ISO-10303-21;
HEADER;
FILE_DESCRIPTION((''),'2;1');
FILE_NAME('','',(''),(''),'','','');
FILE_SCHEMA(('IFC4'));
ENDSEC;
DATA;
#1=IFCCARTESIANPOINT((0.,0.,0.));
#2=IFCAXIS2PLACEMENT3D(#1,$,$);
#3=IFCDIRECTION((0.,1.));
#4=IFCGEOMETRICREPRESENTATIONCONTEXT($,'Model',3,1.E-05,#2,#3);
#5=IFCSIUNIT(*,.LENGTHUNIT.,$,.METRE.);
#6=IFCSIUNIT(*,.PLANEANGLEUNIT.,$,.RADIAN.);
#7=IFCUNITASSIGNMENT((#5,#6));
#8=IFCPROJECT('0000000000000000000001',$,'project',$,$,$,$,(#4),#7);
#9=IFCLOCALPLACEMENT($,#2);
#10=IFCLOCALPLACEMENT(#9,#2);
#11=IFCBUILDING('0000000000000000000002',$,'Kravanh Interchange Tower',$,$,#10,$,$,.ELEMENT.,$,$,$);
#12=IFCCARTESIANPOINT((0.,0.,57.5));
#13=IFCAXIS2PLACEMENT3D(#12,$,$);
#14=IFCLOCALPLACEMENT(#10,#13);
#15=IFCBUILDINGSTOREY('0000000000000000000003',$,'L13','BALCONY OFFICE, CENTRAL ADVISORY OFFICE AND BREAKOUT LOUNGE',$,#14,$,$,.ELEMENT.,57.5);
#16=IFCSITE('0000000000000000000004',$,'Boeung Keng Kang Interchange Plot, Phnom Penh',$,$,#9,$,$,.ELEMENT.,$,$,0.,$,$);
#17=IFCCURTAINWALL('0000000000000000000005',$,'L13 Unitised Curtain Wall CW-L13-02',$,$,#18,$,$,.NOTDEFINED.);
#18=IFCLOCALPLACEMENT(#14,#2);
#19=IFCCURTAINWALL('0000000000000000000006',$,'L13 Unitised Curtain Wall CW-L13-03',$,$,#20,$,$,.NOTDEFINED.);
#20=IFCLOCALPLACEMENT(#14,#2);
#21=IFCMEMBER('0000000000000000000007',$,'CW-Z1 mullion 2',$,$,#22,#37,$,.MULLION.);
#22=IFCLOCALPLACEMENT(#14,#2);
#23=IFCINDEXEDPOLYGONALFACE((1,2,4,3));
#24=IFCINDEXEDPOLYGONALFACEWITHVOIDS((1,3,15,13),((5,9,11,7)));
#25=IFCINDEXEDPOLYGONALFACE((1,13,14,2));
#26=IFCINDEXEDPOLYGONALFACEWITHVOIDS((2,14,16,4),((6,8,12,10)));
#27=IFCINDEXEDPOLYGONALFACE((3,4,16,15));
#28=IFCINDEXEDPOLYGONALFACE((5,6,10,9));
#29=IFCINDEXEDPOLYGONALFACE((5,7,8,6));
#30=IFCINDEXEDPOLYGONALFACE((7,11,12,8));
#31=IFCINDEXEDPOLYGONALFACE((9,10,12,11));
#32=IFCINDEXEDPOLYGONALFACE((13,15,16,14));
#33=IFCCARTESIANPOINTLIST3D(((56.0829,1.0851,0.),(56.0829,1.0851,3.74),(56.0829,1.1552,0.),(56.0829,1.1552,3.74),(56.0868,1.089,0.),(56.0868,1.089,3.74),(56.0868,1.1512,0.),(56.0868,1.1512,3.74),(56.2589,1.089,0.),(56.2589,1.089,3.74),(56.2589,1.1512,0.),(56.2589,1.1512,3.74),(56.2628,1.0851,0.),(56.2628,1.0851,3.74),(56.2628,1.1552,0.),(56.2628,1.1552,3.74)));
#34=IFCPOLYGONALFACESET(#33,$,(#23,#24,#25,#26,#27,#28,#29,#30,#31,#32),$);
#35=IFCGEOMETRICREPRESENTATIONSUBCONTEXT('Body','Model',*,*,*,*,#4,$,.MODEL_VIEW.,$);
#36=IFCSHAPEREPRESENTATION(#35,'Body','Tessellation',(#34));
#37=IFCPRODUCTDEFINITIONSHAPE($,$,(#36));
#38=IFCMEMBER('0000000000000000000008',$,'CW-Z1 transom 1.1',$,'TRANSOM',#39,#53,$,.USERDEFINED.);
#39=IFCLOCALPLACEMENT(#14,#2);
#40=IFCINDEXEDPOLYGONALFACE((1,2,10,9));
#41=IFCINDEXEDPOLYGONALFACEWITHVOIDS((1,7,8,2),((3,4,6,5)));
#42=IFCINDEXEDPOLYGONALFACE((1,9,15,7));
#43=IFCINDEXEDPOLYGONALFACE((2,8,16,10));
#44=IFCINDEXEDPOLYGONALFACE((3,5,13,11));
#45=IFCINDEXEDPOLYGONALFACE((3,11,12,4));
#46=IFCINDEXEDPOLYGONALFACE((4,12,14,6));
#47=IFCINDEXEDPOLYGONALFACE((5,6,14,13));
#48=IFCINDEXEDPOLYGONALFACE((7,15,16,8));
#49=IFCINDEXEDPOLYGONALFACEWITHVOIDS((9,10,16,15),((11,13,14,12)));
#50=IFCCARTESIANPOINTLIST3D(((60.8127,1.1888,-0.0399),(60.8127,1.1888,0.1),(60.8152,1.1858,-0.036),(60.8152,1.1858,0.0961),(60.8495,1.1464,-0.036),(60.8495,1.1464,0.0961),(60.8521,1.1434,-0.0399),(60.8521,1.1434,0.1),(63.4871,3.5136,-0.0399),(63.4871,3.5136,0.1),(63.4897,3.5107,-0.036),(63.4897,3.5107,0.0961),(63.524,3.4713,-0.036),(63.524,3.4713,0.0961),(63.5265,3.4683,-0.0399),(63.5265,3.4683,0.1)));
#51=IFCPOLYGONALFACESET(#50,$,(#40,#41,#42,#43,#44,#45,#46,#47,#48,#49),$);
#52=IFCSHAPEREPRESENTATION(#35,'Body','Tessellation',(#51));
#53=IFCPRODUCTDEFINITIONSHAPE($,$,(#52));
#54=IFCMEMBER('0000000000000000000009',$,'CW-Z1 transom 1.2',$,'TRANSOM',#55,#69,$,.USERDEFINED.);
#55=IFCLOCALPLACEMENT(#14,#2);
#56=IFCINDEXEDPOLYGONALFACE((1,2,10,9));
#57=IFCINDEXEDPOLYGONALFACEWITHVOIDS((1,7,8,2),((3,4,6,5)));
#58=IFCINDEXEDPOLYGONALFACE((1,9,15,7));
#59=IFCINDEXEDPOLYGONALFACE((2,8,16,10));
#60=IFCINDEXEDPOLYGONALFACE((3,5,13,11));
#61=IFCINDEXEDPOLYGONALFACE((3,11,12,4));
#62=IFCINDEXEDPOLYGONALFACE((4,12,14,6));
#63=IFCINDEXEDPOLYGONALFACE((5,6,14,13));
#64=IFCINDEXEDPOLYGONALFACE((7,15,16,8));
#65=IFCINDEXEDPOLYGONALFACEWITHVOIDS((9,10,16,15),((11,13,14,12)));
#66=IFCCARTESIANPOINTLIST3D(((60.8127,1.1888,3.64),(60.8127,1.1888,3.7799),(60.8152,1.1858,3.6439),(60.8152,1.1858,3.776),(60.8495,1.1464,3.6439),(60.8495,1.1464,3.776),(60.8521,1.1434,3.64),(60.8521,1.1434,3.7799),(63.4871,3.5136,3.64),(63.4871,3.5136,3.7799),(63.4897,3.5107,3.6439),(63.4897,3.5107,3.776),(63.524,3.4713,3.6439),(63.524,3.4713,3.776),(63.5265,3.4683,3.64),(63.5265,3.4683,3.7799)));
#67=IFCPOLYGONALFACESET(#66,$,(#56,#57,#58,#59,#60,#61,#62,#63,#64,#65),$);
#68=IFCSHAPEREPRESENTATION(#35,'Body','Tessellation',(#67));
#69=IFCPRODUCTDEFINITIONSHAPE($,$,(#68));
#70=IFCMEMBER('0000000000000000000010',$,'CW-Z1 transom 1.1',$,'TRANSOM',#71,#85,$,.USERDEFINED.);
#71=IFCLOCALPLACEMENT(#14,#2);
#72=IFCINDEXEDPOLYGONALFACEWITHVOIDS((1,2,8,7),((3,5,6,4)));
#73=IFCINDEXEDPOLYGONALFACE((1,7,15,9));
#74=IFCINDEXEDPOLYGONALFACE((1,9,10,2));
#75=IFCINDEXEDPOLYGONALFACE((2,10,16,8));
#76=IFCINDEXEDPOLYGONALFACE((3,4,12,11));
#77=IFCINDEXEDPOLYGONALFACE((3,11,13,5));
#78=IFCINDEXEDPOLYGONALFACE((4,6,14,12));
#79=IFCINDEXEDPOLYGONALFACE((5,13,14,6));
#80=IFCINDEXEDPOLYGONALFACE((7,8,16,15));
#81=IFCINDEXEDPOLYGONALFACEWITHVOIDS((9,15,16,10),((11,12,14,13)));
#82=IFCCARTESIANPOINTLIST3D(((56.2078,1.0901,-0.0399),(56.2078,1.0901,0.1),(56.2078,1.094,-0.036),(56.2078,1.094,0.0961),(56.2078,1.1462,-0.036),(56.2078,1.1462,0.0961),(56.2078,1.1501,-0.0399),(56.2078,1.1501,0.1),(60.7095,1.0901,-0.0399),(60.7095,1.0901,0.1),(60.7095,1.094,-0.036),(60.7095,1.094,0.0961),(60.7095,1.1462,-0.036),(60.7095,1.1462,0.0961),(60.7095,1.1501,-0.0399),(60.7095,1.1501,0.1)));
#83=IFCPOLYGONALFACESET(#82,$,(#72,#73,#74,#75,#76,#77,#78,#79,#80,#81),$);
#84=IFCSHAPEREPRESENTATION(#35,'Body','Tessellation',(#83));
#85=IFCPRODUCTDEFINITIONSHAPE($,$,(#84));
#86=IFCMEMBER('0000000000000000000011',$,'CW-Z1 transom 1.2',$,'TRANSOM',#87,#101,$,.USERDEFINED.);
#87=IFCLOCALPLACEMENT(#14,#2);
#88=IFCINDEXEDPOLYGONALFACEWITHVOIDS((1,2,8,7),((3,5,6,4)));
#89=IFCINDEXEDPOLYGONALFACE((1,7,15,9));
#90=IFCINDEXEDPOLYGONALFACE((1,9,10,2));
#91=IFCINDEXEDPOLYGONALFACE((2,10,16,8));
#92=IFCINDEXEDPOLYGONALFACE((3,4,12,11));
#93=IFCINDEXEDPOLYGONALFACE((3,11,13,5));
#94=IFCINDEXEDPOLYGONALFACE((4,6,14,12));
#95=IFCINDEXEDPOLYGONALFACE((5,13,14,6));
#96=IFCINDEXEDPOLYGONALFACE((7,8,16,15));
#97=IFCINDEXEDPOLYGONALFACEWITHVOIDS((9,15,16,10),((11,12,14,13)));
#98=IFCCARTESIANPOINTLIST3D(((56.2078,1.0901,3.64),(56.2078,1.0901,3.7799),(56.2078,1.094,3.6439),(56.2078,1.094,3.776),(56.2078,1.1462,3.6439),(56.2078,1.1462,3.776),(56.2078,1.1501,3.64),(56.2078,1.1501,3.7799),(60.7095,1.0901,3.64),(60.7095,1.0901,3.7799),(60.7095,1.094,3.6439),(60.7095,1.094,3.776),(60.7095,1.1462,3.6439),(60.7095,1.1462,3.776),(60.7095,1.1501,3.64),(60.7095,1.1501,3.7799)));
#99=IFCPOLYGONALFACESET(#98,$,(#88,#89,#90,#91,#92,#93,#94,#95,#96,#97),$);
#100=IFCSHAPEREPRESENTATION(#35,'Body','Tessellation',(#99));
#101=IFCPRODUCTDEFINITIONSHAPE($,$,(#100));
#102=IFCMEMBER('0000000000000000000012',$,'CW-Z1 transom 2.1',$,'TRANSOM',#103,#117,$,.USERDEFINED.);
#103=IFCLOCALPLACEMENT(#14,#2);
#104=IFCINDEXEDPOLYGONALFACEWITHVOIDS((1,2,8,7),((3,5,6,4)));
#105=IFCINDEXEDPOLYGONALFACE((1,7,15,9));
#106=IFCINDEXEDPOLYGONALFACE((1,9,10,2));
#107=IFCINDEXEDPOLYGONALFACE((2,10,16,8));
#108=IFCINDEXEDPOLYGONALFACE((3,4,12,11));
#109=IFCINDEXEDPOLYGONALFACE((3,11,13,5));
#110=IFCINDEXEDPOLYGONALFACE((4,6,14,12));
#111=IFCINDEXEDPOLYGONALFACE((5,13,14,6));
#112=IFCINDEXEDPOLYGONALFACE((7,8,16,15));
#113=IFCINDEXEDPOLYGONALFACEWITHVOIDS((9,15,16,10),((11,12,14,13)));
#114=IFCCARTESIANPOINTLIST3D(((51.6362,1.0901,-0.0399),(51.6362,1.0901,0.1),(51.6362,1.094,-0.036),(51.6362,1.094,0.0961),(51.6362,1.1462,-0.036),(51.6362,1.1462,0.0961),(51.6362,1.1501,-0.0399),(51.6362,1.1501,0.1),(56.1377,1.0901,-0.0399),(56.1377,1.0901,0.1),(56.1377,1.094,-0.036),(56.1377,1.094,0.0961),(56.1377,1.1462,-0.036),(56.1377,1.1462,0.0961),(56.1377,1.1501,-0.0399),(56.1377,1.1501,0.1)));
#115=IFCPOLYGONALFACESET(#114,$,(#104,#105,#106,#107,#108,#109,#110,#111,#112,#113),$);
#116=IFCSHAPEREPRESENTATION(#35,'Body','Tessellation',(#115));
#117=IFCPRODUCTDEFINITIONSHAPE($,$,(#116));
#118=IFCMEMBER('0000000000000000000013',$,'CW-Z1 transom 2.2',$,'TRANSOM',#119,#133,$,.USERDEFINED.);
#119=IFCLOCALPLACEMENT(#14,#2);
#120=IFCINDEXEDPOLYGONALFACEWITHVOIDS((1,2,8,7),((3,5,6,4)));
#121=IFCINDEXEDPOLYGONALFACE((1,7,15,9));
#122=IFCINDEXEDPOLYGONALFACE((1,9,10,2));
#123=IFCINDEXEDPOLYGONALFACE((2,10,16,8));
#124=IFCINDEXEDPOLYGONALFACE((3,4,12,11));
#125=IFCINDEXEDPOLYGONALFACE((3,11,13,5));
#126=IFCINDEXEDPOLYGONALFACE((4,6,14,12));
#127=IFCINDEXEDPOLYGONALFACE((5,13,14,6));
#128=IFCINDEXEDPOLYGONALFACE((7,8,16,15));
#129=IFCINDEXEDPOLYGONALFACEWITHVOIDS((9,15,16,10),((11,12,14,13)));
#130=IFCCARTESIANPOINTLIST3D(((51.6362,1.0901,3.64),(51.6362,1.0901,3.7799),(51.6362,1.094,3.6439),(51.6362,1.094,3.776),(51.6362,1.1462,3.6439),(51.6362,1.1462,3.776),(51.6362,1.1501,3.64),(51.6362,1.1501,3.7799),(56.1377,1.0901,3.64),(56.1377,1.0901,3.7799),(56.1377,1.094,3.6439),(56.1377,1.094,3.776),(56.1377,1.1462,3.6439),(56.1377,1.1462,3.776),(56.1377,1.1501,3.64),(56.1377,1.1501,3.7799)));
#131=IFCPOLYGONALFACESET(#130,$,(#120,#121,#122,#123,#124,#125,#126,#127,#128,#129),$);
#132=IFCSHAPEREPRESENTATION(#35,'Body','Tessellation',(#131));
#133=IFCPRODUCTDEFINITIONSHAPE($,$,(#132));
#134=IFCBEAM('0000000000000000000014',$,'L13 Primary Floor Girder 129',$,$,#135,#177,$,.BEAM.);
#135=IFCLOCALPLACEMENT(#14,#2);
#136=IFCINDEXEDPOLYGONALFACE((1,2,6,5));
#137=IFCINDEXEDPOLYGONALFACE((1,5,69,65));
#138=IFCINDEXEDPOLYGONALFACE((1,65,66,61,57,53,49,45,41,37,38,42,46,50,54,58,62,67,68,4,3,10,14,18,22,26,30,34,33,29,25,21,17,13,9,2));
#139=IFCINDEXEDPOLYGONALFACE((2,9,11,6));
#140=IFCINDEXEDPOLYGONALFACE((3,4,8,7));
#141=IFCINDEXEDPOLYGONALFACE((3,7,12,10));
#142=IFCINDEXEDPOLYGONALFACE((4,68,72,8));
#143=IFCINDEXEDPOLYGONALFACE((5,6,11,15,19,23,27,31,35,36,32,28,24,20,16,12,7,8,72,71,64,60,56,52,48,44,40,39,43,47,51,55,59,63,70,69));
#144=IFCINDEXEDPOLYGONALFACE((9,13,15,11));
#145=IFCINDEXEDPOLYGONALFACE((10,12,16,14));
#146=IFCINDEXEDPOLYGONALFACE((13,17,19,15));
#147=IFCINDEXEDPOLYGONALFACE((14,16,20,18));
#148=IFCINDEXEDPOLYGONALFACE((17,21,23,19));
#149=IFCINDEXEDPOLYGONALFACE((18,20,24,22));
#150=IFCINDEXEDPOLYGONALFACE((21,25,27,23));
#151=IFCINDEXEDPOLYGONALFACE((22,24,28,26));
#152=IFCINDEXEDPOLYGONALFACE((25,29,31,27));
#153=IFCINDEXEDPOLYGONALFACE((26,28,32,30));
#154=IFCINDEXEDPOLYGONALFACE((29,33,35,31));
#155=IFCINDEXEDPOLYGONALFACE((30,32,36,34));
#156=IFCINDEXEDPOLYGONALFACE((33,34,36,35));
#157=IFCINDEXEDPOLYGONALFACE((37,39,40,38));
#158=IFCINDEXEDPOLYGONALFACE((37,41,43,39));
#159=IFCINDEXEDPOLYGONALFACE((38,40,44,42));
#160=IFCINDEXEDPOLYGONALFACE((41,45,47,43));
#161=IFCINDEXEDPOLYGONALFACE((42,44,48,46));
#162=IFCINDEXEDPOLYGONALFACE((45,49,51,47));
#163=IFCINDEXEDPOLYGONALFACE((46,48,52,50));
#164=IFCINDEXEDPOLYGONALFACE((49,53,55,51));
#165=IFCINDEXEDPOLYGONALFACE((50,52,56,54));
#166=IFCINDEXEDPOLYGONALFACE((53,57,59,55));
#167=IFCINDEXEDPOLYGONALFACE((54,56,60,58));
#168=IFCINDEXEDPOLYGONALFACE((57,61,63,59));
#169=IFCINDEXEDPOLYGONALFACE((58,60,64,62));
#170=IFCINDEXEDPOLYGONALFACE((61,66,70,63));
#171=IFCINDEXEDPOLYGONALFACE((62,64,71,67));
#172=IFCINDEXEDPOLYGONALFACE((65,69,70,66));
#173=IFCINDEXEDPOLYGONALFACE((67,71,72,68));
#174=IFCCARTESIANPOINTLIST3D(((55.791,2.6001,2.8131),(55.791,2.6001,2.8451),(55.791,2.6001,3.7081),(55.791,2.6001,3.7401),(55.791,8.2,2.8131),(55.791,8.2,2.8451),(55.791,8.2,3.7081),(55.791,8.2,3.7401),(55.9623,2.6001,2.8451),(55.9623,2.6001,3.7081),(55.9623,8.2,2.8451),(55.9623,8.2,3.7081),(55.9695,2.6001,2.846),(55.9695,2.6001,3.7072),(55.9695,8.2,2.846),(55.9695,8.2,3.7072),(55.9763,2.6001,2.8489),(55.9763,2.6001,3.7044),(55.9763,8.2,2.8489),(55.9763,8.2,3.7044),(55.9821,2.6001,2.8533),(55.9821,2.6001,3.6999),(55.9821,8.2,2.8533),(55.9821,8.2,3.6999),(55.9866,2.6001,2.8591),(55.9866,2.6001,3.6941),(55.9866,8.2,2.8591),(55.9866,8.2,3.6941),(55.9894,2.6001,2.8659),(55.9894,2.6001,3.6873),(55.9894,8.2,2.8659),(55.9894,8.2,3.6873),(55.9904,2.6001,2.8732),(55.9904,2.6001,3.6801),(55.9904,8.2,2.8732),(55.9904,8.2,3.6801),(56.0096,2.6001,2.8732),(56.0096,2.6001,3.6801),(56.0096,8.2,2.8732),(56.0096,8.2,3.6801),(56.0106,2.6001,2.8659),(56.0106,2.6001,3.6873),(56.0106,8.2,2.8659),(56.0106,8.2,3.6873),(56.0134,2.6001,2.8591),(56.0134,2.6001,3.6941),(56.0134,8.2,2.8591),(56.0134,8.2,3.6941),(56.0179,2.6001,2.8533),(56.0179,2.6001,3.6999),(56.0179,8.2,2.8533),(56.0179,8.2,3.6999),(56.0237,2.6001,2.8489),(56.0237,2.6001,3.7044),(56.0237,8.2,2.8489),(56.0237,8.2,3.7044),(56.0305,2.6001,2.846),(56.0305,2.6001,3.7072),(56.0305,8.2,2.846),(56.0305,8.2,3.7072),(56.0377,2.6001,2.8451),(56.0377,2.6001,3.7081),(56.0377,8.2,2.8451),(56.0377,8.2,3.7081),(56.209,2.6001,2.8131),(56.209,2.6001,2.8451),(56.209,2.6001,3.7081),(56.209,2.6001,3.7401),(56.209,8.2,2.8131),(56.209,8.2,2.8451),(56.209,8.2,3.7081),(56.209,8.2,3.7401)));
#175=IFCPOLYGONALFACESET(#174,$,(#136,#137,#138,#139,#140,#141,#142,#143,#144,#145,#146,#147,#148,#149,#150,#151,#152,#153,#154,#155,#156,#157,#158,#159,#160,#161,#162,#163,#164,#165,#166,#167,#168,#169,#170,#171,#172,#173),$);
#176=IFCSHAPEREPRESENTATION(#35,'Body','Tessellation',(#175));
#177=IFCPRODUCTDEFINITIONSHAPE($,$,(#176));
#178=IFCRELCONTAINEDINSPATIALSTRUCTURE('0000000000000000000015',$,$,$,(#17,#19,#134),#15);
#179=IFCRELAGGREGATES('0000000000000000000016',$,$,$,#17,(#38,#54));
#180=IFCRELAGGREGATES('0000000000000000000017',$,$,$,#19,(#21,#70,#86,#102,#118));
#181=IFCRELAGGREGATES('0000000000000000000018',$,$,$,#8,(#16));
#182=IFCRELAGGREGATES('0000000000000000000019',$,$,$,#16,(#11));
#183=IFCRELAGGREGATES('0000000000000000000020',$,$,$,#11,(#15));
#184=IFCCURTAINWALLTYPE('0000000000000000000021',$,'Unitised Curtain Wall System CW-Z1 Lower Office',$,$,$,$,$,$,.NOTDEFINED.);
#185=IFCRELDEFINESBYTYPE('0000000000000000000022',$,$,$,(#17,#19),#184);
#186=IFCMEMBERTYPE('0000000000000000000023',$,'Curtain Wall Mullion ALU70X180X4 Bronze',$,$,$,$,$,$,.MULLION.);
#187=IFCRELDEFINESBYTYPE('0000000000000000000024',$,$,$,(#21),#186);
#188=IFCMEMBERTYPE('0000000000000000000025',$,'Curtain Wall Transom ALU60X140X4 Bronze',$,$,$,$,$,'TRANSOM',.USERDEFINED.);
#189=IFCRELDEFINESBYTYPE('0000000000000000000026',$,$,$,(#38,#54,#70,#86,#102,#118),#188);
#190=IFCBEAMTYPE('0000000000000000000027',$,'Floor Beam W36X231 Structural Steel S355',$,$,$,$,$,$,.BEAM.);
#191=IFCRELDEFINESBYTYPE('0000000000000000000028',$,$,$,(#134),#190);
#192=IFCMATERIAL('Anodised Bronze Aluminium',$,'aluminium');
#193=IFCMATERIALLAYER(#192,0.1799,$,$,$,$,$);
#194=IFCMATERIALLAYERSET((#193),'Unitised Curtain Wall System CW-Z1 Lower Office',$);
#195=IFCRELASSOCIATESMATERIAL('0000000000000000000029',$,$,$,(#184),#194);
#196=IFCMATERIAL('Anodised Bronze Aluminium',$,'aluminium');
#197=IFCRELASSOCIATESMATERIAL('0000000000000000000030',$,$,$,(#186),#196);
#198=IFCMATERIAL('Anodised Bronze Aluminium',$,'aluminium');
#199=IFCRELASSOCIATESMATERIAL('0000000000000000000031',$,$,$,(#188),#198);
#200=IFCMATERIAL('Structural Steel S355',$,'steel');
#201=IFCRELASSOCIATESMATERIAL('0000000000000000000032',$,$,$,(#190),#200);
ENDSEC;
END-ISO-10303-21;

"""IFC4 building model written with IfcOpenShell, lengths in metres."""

from ifc_helpers import new_model, si_unit, direction, frame, origin, origin_2d, place, context, subcontext, project, spatial, hollow_rectangle, i_section, extrude, material, layer, layer_set, material_profile, profile_set, type_object, element, aggregate, save


model = new_model("IFC4")

# Units and contexts
model_context = context("Model", 3, precision=1e-05, world=origin(), true_north=direction((0.0, 1.0)))
body_context = subcontext(model_context, "Body", "Model", "MODEL_VIEW")
ifc_project = project(units=[si_unit("LENGTHUNIT", "METRE"), si_unit("PLANEANGLEUNIT", "RADIAN")], contexts=[model_context])

# Site, building, storey
site_placement = place(None, origin())
site = spatial("IfcSite", under=ifc_project, at=site_placement, Name="Boeung Keng Kang Interchange Plot, Phnom Penh", CompositionType="ELEMENT", RefElevation=0.0)
building_placement = place(site_placement, origin())
building = spatial("IfcBuilding", under=site, at=building_placement, Name="Kravanh Interchange Tower", CompositionType="ELEMENT")
storey_placement = place(building_placement, frame((0.0, 0.0, 57.5)))
storey = spatial("IfcBuildingStorey", under=building, at=storey_placement, Name="L13", Description="BALCONY OFFICE, CENTRAL ADVISORY OFFICE AND BREAKOUT LOUNGE", CompositionType="ELEMENT", Elevation=57.5)

# Curtain walls, member
ifc_material_1 = material(Name="Anodised Bronze Aluminium", Category="aluminium")
ifc_layer_1 = layer(ifc_material_1, 0.1799)
ifc_layer_set_1 = layer_set([ifc_layer_1], Name="Unitised Curtain Wall System CW-Z1 Lower Office")
curtain_wall_type = type_object("IfcCurtainWallType", Name="Unitised Curtain Wall System CW-Z1 Lower Office", PredefinedType="NOTDEFINED", material=ifc_layer_set_1)
curtain_wall_1_placement = place(storey_placement, origin())
curtain_wall_1 = element("IfcCurtainWall", 1, at=curtain_wall_1_placement, inside=storey, type_object=curtain_wall_type, Name="L13 Unitised Curtain Wall CW-L13-02", PredefinedType="NOTDEFINED")
ifc_material_2 = material(Name="Anodised Bronze Aluminium", Category="aluminium")
ifc_material_profile_1 = material_profile(ifc_material_2, hollow_rectangle(XDim=0.0701, YDim=0.1799, WallThickness=0.0039, at=origin_2d()), Name="ALU70X180X4")
ifc_profile_set_1 = profile_set([ifc_material_profile_1], Name="Anodised Bronze Aluminium")
member_type_1 = type_object("IfcMemberType", Name="Curtain Wall Mullion ALU70X180X4 Bronze", PredefinedType="MULLION", material=ifc_profile_set_1)
curtain_wall_2_placement = place(storey_placement, origin())
curtain_wall_2 = element("IfcCurtainWall", 2, at=curtain_wall_2_placement, inside=storey, type_object=curtain_wall_type, Name="L13 Unitised Curtain Wall CW-L13-03", PredefinedType="NOTDEFINED")
member_1_placement = place(storey_placement, frame((56.1729, 1.1201, 0.0), z_axis=(0.0, 0.0, 1.0), x_axis=(0.0, -1.0, 0.0)))
member_1 = element("IfcMember", 3, at=member_1_placement, type_object=member_type_1, Name="CW-Z1 mullion 2", PredefinedType="MULLION", context=body_context, shape_type="SweptSolid", body=[
    extrude(hollow_rectangle(XDim=0.0701, YDim=0.1799, WallThickness=0.0039, at=origin_2d()), origin(), (0.0, 0.0, 1.0), 3.74),
])

# Members
ifc_material_3 = material(Name="Anodised Bronze Aluminium", Category="aluminium")
ifc_material_profile_2 = material_profile(ifc_material_3, hollow_rectangle(XDim=0.0601, YDim=0.1399, WallThickness=0.0039, at=origin_2d()), Name="ALU60X140X4")
ifc_profile_set_2 = profile_set([ifc_material_profile_2], Name="Anodised Bronze Aluminium")
member_type_2 = type_object("IfcMemberType", Name="Curtain Wall Transom ALU60X140X4 Bronze", ElementType="TRANSOM", PredefinedType="USERDEFINED", material=ifc_profile_set_2)
member_2_placement = place(storey_placement, frame((63.5068, 3.491, 0.03), z_axis=(-0.754711, -0.656058, 0.0), x_axis=(0.656058, -0.754711, 0.0)))
member_2 = element("IfcMember", 4, at=member_2_placement, type_object=member_type_2, Name="CW-Z1 transom 1.1", ObjectType="TRANSOM", PredefinedType="USERDEFINED", context=body_context, shape_type="SweptSolid", body=[
    extrude(hollow_rectangle(XDim=0.0601, YDim=0.1399, WallThickness=0.0039, at=origin_2d()), origin(), (0.0, 0.0, 1.0), 3.5437),
])
member_3_placement = place(storey_placement, frame((63.5068, 3.491, 3.71), z_axis=(-0.754711, -0.656058, 0.0), x_axis=(0.656058, -0.754711, 0.0)))
member_3 = element("IfcMember", 5, at=member_3_placement, type_object=member_type_2, Name="CW-Z1 transom 1.2", ObjectType="TRANSOM", PredefinedType="USERDEFINED", context=body_context, shape_type="SweptSolid", body=[
    extrude(hollow_rectangle(XDim=0.0601, YDim=0.1399, WallThickness=0.0039, at=origin_2d()), origin(), (0.0, 0.0, 1.0), 3.5437),
])
member_4_placement = place(storey_placement, frame((60.7095, 1.1201, 0.03), z_axis=(-1.0, 0.0, 0.0), x_axis=(0.0, -1.0, 0.0)))
member_4 = element("IfcMember", 6, at=member_4_placement, type_object=member_type_2, Name="CW-Z1 transom 1.1", ObjectType="TRANSOM", PredefinedType="USERDEFINED", context=body_context, shape_type="SweptSolid", body=[
    extrude(hollow_rectangle(XDim=0.0601, YDim=0.1399, WallThickness=0.0039, at=origin_2d()), origin(), (0.0, 0.0, 1.0), 4.5017),
])
member_5_placement = place(storey_placement, frame((60.7095, 1.1201, 3.71), z_axis=(-1.0, 0.0, 0.0), x_axis=(0.0, -1.0, 0.0)))
member_5 = element("IfcMember", 7, at=member_5_placement, type_object=member_type_2, Name="CW-Z1 transom 1.2", ObjectType="TRANSOM", PredefinedType="USERDEFINED", context=body_context, shape_type="SweptSolid", body=[
    extrude(hollow_rectangle(XDim=0.0601, YDim=0.1399, WallThickness=0.0039, at=origin_2d()), origin(), (0.0, 0.0, 1.0), 4.5017),
])
member_6_placement = place(storey_placement, frame((56.1377, 1.1201, 0.03), z_axis=(-1.0, 0.0, 0.0), x_axis=(0.0, -1.0, 0.0)))
member_6 = element("IfcMember", 8, at=member_6_placement, type_object=member_type_2, Name="CW-Z1 transom 2.1", ObjectType="TRANSOM", PredefinedType="USERDEFINED", context=body_context, shape_type="SweptSolid", body=[
    extrude(hollow_rectangle(XDim=0.0601, YDim=0.1399, WallThickness=0.0039, at=origin_2d()), origin(), (0.0, 0.0, 1.0), 4.5015),
])
member_7_placement = place(storey_placement, frame((56.1377, 1.1201, 3.71), z_axis=(-1.0, 0.0, 0.0), x_axis=(0.0, -1.0, 0.0)))
member_7 = element("IfcMember", 9, at=member_7_placement, type_object=member_type_2, Name="CW-Z1 transom 2.2", ObjectType="TRANSOM", PredefinedType="USERDEFINED", context=body_context, shape_type="SweptSolid", body=[
    extrude(hollow_rectangle(XDim=0.0601, YDim=0.1399, WallThickness=0.0039, at=origin_2d()), origin(), (0.0, 0.0, 1.0), 4.5015),
])

# Beam
ifc_material_4 = material(Name="Structural Steel S355", Category="steel")
ifc_material_profile_3 = material_profile(ifc_material_4, i_section(OverallWidth=0.418, OverallDepth=0.927, WebThickness=0.0193, FlangeThickness=0.032, FilletRadius=0.0281, at=origin_2d()), Name="W36X231")
ifc_profile_set_3 = profile_set([ifc_material_profile_3], Name="Structural Steel S355")
beam_type_1 = type_object("IfcBeamType", Name="Floor Beam W36X231 Structural Steel S355", PredefinedType="BEAM", material=ifc_profile_set_3)
beam_1_placement = place(storey_placement, frame((56.0, 2.6001, 3.2766), z_axis=(0.0, 1.0, 0.0), x_axis=(-1.0, 0.0, 0.0)))
element("IfcBeam", 10, at=beam_1_placement, inside=storey, type_object=beam_type_1, Name="L13 Primary Floor Girder 129", PredefinedType="BEAM", context=body_context, shape_type="SweptSolid", body=[
    extrude(i_section(OverallWidth=0.418, OverallDepth=0.927, WebThickness=0.0193, FlangeThickness=0.032, FilletRadius=0.0281, at=origin_2d()), origin(), (0.0, 0.0, 1.0), 5.5999),
])

aggregate(curtain_wall_1, [member_2, member_3])
aggregate(curtain_wall_2, [member_1, member_4, member_5, member_6, member_7])

save(model, "model.ifc")
